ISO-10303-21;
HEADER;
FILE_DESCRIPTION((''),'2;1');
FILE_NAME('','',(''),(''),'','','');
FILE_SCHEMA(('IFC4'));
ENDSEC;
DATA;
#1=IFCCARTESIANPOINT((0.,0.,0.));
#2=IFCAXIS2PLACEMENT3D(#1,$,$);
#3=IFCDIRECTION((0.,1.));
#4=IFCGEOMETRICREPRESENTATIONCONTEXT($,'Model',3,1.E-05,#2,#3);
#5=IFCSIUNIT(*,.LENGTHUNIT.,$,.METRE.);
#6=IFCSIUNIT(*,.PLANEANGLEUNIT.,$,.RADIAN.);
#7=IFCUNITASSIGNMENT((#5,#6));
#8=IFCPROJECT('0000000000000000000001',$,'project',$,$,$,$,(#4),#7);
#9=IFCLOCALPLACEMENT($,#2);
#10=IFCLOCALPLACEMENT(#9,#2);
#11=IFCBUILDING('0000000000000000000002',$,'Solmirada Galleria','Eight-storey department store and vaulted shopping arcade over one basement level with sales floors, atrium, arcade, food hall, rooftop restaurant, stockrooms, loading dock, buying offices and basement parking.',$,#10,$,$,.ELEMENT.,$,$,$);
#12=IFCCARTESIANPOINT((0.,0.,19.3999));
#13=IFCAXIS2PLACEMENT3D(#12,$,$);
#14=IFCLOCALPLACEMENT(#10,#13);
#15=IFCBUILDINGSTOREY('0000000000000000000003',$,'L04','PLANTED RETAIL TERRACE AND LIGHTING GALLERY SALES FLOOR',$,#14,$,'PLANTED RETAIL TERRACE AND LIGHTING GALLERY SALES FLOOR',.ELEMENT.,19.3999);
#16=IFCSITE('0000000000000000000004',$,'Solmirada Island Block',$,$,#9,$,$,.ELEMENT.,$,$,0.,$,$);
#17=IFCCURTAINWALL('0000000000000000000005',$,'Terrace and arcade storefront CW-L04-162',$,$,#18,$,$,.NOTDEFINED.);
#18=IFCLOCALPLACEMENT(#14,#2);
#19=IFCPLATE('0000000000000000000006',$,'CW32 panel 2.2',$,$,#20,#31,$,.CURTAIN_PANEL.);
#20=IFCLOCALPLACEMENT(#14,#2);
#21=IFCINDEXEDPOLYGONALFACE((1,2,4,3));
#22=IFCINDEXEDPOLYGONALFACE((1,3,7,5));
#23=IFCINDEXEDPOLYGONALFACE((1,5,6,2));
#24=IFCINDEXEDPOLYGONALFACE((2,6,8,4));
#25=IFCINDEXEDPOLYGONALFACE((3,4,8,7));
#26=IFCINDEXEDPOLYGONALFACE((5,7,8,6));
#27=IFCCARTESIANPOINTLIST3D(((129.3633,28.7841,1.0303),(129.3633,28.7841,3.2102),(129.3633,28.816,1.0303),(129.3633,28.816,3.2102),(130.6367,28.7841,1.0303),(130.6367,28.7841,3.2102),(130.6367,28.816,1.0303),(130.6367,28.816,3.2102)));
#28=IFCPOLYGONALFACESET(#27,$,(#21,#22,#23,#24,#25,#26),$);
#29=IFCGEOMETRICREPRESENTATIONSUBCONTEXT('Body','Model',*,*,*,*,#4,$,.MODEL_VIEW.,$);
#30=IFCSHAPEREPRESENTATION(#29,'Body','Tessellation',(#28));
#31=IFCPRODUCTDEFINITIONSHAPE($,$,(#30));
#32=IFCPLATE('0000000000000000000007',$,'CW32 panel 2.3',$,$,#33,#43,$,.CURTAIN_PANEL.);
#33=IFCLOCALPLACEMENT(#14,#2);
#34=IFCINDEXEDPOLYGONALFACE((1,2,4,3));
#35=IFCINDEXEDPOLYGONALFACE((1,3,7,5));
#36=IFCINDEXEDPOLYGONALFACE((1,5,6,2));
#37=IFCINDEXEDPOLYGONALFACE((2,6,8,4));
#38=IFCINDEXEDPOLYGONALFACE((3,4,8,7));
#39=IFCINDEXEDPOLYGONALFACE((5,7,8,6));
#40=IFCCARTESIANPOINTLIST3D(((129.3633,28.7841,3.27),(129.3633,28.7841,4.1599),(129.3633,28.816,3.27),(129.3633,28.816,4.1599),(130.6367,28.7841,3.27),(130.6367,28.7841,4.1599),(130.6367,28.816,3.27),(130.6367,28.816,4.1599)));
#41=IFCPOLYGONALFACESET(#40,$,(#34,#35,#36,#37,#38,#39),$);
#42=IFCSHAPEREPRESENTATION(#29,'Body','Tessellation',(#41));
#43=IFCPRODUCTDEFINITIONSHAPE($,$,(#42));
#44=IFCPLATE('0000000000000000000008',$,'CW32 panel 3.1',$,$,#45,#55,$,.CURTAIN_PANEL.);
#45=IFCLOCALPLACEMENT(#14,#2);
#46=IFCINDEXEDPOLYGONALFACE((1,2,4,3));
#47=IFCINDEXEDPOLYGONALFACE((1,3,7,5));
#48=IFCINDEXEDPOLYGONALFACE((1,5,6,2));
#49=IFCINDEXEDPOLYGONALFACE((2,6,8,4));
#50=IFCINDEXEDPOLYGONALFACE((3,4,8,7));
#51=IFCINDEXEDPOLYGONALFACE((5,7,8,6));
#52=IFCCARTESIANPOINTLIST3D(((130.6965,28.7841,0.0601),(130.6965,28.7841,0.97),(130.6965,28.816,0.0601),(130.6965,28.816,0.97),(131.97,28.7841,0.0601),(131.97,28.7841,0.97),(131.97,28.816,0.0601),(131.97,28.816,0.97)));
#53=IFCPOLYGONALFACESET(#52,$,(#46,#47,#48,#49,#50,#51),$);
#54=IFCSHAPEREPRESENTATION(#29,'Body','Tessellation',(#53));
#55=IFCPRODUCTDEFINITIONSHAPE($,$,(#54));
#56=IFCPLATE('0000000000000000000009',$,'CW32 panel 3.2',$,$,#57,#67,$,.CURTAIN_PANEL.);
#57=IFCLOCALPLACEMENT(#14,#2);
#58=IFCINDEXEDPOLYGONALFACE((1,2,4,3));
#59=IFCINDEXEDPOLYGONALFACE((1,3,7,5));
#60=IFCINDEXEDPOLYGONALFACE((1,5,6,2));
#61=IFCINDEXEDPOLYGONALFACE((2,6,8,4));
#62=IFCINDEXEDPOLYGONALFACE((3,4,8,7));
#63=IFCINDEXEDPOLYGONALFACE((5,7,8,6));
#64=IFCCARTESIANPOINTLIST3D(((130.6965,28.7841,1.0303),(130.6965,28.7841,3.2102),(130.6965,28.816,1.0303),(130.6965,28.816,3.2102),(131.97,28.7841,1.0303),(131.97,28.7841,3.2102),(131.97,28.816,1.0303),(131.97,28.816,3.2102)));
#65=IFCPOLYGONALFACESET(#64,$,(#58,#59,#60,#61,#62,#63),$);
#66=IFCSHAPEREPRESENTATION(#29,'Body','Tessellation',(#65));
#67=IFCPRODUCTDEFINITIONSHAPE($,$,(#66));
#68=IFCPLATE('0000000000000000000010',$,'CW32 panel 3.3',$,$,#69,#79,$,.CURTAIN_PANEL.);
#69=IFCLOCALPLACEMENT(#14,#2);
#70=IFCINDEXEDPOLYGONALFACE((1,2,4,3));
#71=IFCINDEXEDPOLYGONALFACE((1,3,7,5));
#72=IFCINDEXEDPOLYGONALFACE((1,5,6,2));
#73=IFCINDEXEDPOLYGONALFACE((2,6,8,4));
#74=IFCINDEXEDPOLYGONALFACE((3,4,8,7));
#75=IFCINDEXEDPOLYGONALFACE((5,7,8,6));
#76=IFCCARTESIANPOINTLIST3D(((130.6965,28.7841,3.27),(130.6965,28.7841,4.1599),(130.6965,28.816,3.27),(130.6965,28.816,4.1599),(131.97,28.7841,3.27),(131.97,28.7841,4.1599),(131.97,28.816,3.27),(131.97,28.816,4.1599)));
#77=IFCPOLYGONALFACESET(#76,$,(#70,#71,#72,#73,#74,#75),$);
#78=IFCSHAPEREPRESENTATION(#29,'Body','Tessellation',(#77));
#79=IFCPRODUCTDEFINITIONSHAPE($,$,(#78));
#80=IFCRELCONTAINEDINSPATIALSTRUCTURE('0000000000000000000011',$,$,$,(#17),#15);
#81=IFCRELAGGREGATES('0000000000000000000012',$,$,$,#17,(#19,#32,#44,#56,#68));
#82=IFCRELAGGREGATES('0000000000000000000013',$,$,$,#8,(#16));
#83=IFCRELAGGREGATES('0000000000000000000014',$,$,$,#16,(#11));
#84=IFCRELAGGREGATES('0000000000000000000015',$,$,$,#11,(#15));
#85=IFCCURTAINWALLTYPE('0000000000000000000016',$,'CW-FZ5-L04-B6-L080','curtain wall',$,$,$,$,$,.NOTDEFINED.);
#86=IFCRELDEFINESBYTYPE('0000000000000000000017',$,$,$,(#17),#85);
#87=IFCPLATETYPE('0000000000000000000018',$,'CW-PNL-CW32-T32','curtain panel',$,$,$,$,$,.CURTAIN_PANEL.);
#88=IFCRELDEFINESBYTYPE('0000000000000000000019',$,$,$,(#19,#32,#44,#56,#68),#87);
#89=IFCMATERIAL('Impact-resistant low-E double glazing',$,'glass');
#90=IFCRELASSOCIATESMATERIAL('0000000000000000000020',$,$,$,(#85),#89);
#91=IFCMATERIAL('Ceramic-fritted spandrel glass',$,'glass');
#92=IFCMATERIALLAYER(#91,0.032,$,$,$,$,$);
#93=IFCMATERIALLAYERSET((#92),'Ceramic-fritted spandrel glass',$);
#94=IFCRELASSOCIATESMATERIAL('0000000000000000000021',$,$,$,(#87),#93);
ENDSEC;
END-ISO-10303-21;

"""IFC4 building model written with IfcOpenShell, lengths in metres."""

from ifc_helpers import new_model, si_unit, direction, frame, origin, origin_2d, place, context, subcontext, project, spatial, rectangle, extrude, material, layer, layer_set, type_object, element, aggregate, save


model = new_model("IFC4")

# Units and contexts
model_context = context("Model", 3, precision=1e-05, world=origin(), true_north=direction((0.0, 1.0)))
body_context = subcontext(model_context, "Body", "Model", "MODEL_VIEW")
ifc_project = project(units=[si_unit("LENGTHUNIT", "METRE"), si_unit("PLANEANGLEUNIT", "RADIAN")], contexts=[model_context])

# Site, building, storey
site_placement = place(None, origin())
site = spatial("IfcSite", under=ifc_project, at=site_placement, Name="Solmirada Island Block", CompositionType="ELEMENT", RefElevation=0.0)
building_placement = place(site_placement, origin())
building = spatial("IfcBuilding", under=site, at=building_placement, Name="Solmirada Galleria", Description="Eight-storey department store and vaulted shopping arcade over one basement level with sales floors, atrium, arcade, food hall, rooftop restaurant, stockrooms, loading dock, buying offices and basement parking.", CompositionType="ELEMENT")
storey_placement = place(building_placement, frame((0.0, 0.0, 19.3999)))
storey = spatial("IfcBuildingStorey", under=building, at=storey_placement, Name="L04", Description="PLANTED RETAIL TERRACE AND LIGHTING GALLERY SALES FLOOR", LongName="PLANTED RETAIL TERRACE AND LIGHTING GALLERY SALES FLOOR", CompositionType="ELEMENT", Elevation=19.3999)

# Curtain wall, plates
ifc_material_1 = material(Name="Impact-resistant low-E double glazing", Category="glass")
curtain_wall_type = type_object("IfcCurtainWallType", Name="CW-FZ5-L04-B6-L080", Description="curtain wall", PredefinedType="NOTDEFINED", material=ifc_material_1)
curtain_wall_placement = place(storey_placement, origin())
curtain_wall = element("IfcCurtainWall", 1, at=curtain_wall_placement, inside=storey, type_object=curtain_wall_type, Name="Terrace and arcade storefront CW-L04-162", PredefinedType="NOTDEFINED")
ifc_material_2 = material(Name="Ceramic-fritted spandrel glass", Category="glass")
ifc_layer = layer(ifc_material_2, 0.032)
ifc_layer_set = layer_set([ifc_layer], Name="Ceramic-fritted spandrel glass")
plate_type = type_object("IfcPlateType", Name="CW-PNL-CW32-T32", Description="curtain panel", PredefinedType="CURTAIN_PANEL", material=ifc_layer_set)
plate_1_placement = place(storey_placement, frame((130.0, 28.8, 1.0303), z_axis=(0.0, 0.0, 1.0), x_axis=(1.0, 0.0, 0.0)))
plate_1 = element("IfcPlate", 2, at=plate_1_placement, type_object=plate_type, Name="CW32 panel 2.2", PredefinedType="CURTAIN_PANEL", context=body_context, shape_type="SweptSolid", body=[
    extrude(rectangle(XDim=1.2734, YDim=0.032, at=origin_2d()), origin(), (0.0, 0.0, 1.0), 2.1799),
])
plate_2_placement = place(storey_placement, frame((130.0, 28.8, 3.27), z_axis=(0.0, 0.0, 1.0), x_axis=(1.0, 0.0, 0.0)))
plate_2 = element("IfcPlate", 3, at=plate_2_placement, type_object=plate_type, Name="CW32 panel 2.3", PredefinedType="CURTAIN_PANEL", context=body_context, shape_type="SweptSolid", body=[
    extrude(rectangle(XDim=1.2734, YDim=0.032, at=origin_2d()), origin(), (0.0, 0.0, 1.0), 0.8899),
])
plate_3_placement = place(storey_placement, frame((131.3333, 28.8, 0.0601), z_axis=(0.0, 0.0, 1.0), x_axis=(1.0, 0.0, 0.0)))
plate_3 = element("IfcPlate", 4, at=plate_3_placement, type_object=plate_type, Name="CW32 panel 3.1", PredefinedType="CURTAIN_PANEL", context=body_context, shape_type="SweptSolid", body=[
    extrude(rectangle(XDim=1.2734, YDim=0.032, at=origin_2d()), origin(), (0.0, 0.0, 1.0), 0.9099),
])
plate_4_placement = place(storey_placement, frame((131.3333, 28.8, 1.0303), z_axis=(0.0, 0.0, 1.0), x_axis=(1.0, 0.0, 0.0)))
plate_4 = element("IfcPlate", 5, at=plate_4_placement, type_object=plate_type, Name="CW32 panel 3.2", PredefinedType="CURTAIN_PANEL", context=body_context, shape_type="SweptSolid", body=[
    extrude(rectangle(XDim=1.2734, YDim=0.032, at=origin_2d()), origin(), (0.0, 0.0, 1.0), 2.1799),
])
plate_5_placement = place(storey_placement, frame((131.3333, 28.8, 3.27), z_axis=(0.0, 0.0, 1.0), x_axis=(1.0, 0.0, 0.0)))
plate_5 = element("IfcPlate", 6, at=plate_5_placement, type_object=plate_type, Name="CW32 panel 3.3", PredefinedType="CURTAIN_PANEL", context=body_context, shape_type="SweptSolid", body=[
    extrude(rectangle(XDim=1.2734, YDim=0.032, at=origin_2d()), origin(), (0.0, 0.0, 1.0), 0.8899),
])
aggregate(curtain_wall, [plate_1, plate_2, plate_3, plate_4, plate_5])

save(model, "model.ifc")
